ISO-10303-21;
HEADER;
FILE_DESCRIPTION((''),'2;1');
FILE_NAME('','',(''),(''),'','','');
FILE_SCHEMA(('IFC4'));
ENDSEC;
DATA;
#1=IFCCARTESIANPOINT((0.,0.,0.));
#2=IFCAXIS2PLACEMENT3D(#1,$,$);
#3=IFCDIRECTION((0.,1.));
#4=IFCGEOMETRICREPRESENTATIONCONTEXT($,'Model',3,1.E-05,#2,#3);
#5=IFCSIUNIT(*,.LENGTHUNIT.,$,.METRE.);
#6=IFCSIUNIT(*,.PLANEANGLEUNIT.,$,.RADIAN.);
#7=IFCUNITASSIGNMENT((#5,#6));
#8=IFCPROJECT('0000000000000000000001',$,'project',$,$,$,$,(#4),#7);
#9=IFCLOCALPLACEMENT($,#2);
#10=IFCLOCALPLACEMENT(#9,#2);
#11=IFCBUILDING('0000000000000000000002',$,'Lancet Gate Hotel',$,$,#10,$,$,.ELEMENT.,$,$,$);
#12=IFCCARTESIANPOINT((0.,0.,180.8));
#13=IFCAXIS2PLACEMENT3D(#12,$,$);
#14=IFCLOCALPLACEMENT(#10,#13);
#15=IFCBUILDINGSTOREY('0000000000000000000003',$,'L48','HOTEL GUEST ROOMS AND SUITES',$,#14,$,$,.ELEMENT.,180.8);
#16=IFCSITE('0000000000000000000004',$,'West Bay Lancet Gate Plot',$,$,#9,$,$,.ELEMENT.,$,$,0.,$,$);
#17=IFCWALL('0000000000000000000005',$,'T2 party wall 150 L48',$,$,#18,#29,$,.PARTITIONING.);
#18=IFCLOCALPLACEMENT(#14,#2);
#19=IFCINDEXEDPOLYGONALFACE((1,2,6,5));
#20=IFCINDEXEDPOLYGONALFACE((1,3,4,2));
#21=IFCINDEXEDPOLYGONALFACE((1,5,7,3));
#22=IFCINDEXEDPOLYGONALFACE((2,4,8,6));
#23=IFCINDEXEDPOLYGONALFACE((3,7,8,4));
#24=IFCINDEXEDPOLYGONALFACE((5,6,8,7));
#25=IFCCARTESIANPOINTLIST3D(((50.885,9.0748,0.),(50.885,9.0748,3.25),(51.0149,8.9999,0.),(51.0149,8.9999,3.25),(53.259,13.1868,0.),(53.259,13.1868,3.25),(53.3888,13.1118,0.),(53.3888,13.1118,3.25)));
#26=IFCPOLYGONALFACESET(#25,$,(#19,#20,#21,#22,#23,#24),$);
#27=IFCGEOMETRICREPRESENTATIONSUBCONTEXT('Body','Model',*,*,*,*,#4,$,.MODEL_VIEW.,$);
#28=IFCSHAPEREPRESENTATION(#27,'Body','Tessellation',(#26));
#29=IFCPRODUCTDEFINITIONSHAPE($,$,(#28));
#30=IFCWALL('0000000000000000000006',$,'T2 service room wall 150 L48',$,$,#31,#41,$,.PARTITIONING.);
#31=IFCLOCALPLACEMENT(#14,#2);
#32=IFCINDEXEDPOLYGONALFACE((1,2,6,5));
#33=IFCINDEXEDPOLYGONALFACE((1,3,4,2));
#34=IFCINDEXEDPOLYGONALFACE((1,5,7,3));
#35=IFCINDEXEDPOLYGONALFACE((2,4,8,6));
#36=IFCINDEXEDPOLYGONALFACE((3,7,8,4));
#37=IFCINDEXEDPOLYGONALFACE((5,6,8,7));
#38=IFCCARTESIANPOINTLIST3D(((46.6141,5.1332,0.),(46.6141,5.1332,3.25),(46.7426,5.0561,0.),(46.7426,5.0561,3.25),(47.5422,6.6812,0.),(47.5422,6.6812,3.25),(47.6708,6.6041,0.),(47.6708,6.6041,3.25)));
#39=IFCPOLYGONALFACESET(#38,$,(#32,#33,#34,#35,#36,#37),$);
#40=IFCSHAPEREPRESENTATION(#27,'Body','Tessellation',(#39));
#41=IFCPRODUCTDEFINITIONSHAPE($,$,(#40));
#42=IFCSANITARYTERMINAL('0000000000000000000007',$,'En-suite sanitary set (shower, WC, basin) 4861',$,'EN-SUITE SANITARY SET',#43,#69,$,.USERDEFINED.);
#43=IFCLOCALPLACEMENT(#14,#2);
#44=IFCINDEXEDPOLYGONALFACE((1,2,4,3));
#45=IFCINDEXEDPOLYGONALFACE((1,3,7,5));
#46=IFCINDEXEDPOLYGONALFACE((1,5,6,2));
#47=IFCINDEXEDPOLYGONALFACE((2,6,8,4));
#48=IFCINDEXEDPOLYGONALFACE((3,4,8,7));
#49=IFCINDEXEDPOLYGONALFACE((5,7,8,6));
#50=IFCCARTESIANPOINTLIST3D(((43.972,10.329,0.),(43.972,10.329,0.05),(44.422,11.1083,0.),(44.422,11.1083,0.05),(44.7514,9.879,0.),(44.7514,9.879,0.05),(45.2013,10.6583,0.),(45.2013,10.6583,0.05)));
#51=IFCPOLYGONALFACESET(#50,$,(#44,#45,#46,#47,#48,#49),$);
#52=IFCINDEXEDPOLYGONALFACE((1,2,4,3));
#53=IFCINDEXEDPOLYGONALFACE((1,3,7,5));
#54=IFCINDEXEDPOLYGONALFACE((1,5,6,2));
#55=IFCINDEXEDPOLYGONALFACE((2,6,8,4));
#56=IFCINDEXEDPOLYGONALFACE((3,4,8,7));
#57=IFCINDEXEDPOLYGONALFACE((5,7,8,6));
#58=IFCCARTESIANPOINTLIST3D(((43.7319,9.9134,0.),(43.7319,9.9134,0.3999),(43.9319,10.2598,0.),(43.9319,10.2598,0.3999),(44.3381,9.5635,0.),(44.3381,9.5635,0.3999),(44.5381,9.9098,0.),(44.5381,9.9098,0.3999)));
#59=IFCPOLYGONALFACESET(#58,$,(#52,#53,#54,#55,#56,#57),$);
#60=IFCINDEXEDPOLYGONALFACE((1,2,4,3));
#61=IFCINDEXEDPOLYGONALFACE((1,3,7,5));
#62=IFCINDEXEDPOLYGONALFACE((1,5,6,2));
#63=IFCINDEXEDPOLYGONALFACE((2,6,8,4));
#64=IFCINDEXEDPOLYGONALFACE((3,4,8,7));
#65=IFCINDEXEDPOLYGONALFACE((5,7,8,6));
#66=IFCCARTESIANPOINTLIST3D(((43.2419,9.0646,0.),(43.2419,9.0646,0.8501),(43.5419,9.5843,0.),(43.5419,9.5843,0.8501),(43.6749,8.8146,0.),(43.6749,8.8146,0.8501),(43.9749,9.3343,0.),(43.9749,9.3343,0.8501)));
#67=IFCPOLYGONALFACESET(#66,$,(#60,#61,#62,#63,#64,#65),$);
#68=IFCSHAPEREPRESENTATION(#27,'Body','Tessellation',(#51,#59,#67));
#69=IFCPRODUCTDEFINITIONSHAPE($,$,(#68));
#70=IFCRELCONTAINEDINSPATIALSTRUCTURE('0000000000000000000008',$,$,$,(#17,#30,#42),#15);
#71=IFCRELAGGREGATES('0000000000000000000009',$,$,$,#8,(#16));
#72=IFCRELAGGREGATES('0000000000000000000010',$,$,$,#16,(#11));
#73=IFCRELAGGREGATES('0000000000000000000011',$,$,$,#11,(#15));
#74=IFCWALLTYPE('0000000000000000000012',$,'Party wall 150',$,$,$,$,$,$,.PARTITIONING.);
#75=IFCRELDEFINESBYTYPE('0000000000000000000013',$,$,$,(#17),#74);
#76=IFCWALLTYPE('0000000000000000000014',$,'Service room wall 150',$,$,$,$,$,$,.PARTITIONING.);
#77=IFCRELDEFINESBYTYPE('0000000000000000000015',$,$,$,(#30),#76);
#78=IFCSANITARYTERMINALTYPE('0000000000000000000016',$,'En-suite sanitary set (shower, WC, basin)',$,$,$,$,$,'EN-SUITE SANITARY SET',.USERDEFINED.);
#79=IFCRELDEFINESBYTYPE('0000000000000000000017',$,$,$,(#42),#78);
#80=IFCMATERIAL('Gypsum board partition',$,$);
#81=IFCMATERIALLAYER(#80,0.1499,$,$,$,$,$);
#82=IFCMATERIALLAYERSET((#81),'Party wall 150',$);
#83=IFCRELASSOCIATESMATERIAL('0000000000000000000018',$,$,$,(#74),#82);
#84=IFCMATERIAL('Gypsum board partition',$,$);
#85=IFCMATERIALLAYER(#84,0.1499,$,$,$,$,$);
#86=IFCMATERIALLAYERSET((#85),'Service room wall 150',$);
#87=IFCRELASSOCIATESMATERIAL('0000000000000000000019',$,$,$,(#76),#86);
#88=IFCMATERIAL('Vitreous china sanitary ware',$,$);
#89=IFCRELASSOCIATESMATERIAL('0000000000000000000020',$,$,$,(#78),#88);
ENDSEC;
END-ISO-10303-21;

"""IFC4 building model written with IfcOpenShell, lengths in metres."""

from ifc_helpers import new_model, si_unit, direction, frame, frame_2d, origin, origin_2d, place, context, subcontext, project, spatial, rectangle, extrude, material, layer, layer_set, type_object, element, save


model = new_model("IFC4")

# Units and contexts
model_context = context("Model", 3, precision=1e-05, world=origin(), true_north=direction((0.0, 1.0)))
body_context = subcontext(model_context, "Body", "Model", "MODEL_VIEW")
ifc_project = project(units=[si_unit("LENGTHUNIT", "METRE"), si_unit("PLANEANGLEUNIT", "RADIAN")], contexts=[model_context])

# Site, building, storey
site_placement = place(None, origin())
site = spatial("IfcSite", under=ifc_project, at=site_placement, Name="West Bay Lancet Gate Plot", CompositionType="ELEMENT", RefElevation=0.0)
building_placement = place(site_placement, origin())
building = spatial("IfcBuilding", under=site, at=building_placement, Name="Lancet Gate Hotel", CompositionType="ELEMENT")
storey_placement = place(building_placement, frame((0.0, 0.0, 180.8)))
storey = spatial("IfcBuildingStorey", under=building, at=storey_placement, Name="L48", Description="HOTEL GUEST ROOMS AND SUITES", CompositionType="ELEMENT", Elevation=180.8)

# Walls
ifc_material_1 = material(Name="Gypsum board partition")
ifc_layer_1 = layer(ifc_material_1, 0.1499)
ifc_layer_set_1 = layer_set([ifc_layer_1], Name="Party wall 150")
wall_type_1 = type_object("IfcWallType", Name="Party wall 150", PredefinedType="PARTITIONING", material=ifc_layer_set_1)
wall_1_placement = place(storey_placement, frame((50.95, 9.0374, 0.0), z_axis=(0.0, 0.0, 1.0), x_axis=(0.499988, 0.866032, 0.0)))
element("IfcWall", 1, at=wall_1_placement, inside=storey, type_object=wall_type_1, Name="T2 party wall 150 L48", PredefinedType="PARTITIONING", context=body_context, shape_type="SweptSolid", body=[
    extrude(rectangle(XDim=4.748, YDim=0.1499, at=frame_2d((2.374, 0.0))), origin(), (0.0, 0.0, 1.0), 3.25),
])
ifc_material_2 = material(Name="Gypsum board partition")
ifc_layer_2 = layer(ifc_material_2, 0.1499)
ifc_layer_set_2 = layer_set([ifc_layer_2], Name="Service room wall 150")
wall_type_2 = type_object("IfcWallType", Name="Service room wall 150", PredefinedType="PARTITIONING", material=ifc_layer_set_2)
wall_2_placement = place(storey_placement, frame((47.6064, 6.6426, 0.0), z_axis=(0.0, 0.0, 1.0), x_axis=(-0.514237, -0.857648, 0.0)))
element("IfcWall", 2, at=wall_2_placement, inside=storey, type_object=wall_type_2, Name="T2 service room wall 150 L48", PredefinedType="PARTITIONING", context=body_context, shape_type="SweptSolid", body=[
    extrude(rectangle(XDim=1.8049, YDim=0.1499, at=frame_2d((0.9023, 0.0))), origin(), (0.0, 0.0, 1.0), 3.25),
])

# Sanitary terminal
ifc_material_3 = material(Name="Vitreous china sanitary ware")
sanitary_terminal_type = type_object("IfcSanitaryTerminalType", Name="En-suite sanitary set (shower, WC, basin)", ElementType="EN-SUITE SANITARY SET", PredefinedType="USERDEFINED", material=ifc_material_3)
sanitary_terminal_placement = place(storey_placement, frame((44.5867, 10.4937, 0.0), z_axis=(0.0, 0.0, 1.0), x_axis=(1.0, 0.0, 0.0)))
element("IfcSanitaryTerminal", 3, at=sanitary_terminal_placement, inside=storey, type_object=sanitary_terminal_type, Name="En-suite sanitary set (shower, WC, basin) 4861", ObjectType="EN-SUITE SANITARY SET", PredefinedType="USERDEFINED", context=body_context, shape_type="SweptSolid", body=[
    extrude(rectangle(XDim=0.8999, YDim=0.8999, at=origin_2d()), frame((0.0, 0.0, 0.0), z_axis=(0.0, 0.0, 1.0), x_axis=(0.5, 0.866025, 0.0)), (0.0, 0.0, 1.0), 0.05),
    extrude(rectangle(XDim=0.3999, YDim=0.7, at=origin_2d()), frame((-0.4517, -0.582, 0.0), z_axis=(0.0, 0.0, 1.0), x_axis=(0.5, 0.866025, 0.0)), (0.0, 0.0, 1.0), 0.3999),
    extrude(rectangle(XDim=0.6001, YDim=0.5, at=origin_2d()), frame((-0.9783, -1.2942, 0.0), z_axis=(0.0, 0.0, 1.0), x_axis=(0.5, 0.866025, 0.0)), (0.0, 0.0, 1.0), 0.8501),
])

save(model, "model.ifc")
